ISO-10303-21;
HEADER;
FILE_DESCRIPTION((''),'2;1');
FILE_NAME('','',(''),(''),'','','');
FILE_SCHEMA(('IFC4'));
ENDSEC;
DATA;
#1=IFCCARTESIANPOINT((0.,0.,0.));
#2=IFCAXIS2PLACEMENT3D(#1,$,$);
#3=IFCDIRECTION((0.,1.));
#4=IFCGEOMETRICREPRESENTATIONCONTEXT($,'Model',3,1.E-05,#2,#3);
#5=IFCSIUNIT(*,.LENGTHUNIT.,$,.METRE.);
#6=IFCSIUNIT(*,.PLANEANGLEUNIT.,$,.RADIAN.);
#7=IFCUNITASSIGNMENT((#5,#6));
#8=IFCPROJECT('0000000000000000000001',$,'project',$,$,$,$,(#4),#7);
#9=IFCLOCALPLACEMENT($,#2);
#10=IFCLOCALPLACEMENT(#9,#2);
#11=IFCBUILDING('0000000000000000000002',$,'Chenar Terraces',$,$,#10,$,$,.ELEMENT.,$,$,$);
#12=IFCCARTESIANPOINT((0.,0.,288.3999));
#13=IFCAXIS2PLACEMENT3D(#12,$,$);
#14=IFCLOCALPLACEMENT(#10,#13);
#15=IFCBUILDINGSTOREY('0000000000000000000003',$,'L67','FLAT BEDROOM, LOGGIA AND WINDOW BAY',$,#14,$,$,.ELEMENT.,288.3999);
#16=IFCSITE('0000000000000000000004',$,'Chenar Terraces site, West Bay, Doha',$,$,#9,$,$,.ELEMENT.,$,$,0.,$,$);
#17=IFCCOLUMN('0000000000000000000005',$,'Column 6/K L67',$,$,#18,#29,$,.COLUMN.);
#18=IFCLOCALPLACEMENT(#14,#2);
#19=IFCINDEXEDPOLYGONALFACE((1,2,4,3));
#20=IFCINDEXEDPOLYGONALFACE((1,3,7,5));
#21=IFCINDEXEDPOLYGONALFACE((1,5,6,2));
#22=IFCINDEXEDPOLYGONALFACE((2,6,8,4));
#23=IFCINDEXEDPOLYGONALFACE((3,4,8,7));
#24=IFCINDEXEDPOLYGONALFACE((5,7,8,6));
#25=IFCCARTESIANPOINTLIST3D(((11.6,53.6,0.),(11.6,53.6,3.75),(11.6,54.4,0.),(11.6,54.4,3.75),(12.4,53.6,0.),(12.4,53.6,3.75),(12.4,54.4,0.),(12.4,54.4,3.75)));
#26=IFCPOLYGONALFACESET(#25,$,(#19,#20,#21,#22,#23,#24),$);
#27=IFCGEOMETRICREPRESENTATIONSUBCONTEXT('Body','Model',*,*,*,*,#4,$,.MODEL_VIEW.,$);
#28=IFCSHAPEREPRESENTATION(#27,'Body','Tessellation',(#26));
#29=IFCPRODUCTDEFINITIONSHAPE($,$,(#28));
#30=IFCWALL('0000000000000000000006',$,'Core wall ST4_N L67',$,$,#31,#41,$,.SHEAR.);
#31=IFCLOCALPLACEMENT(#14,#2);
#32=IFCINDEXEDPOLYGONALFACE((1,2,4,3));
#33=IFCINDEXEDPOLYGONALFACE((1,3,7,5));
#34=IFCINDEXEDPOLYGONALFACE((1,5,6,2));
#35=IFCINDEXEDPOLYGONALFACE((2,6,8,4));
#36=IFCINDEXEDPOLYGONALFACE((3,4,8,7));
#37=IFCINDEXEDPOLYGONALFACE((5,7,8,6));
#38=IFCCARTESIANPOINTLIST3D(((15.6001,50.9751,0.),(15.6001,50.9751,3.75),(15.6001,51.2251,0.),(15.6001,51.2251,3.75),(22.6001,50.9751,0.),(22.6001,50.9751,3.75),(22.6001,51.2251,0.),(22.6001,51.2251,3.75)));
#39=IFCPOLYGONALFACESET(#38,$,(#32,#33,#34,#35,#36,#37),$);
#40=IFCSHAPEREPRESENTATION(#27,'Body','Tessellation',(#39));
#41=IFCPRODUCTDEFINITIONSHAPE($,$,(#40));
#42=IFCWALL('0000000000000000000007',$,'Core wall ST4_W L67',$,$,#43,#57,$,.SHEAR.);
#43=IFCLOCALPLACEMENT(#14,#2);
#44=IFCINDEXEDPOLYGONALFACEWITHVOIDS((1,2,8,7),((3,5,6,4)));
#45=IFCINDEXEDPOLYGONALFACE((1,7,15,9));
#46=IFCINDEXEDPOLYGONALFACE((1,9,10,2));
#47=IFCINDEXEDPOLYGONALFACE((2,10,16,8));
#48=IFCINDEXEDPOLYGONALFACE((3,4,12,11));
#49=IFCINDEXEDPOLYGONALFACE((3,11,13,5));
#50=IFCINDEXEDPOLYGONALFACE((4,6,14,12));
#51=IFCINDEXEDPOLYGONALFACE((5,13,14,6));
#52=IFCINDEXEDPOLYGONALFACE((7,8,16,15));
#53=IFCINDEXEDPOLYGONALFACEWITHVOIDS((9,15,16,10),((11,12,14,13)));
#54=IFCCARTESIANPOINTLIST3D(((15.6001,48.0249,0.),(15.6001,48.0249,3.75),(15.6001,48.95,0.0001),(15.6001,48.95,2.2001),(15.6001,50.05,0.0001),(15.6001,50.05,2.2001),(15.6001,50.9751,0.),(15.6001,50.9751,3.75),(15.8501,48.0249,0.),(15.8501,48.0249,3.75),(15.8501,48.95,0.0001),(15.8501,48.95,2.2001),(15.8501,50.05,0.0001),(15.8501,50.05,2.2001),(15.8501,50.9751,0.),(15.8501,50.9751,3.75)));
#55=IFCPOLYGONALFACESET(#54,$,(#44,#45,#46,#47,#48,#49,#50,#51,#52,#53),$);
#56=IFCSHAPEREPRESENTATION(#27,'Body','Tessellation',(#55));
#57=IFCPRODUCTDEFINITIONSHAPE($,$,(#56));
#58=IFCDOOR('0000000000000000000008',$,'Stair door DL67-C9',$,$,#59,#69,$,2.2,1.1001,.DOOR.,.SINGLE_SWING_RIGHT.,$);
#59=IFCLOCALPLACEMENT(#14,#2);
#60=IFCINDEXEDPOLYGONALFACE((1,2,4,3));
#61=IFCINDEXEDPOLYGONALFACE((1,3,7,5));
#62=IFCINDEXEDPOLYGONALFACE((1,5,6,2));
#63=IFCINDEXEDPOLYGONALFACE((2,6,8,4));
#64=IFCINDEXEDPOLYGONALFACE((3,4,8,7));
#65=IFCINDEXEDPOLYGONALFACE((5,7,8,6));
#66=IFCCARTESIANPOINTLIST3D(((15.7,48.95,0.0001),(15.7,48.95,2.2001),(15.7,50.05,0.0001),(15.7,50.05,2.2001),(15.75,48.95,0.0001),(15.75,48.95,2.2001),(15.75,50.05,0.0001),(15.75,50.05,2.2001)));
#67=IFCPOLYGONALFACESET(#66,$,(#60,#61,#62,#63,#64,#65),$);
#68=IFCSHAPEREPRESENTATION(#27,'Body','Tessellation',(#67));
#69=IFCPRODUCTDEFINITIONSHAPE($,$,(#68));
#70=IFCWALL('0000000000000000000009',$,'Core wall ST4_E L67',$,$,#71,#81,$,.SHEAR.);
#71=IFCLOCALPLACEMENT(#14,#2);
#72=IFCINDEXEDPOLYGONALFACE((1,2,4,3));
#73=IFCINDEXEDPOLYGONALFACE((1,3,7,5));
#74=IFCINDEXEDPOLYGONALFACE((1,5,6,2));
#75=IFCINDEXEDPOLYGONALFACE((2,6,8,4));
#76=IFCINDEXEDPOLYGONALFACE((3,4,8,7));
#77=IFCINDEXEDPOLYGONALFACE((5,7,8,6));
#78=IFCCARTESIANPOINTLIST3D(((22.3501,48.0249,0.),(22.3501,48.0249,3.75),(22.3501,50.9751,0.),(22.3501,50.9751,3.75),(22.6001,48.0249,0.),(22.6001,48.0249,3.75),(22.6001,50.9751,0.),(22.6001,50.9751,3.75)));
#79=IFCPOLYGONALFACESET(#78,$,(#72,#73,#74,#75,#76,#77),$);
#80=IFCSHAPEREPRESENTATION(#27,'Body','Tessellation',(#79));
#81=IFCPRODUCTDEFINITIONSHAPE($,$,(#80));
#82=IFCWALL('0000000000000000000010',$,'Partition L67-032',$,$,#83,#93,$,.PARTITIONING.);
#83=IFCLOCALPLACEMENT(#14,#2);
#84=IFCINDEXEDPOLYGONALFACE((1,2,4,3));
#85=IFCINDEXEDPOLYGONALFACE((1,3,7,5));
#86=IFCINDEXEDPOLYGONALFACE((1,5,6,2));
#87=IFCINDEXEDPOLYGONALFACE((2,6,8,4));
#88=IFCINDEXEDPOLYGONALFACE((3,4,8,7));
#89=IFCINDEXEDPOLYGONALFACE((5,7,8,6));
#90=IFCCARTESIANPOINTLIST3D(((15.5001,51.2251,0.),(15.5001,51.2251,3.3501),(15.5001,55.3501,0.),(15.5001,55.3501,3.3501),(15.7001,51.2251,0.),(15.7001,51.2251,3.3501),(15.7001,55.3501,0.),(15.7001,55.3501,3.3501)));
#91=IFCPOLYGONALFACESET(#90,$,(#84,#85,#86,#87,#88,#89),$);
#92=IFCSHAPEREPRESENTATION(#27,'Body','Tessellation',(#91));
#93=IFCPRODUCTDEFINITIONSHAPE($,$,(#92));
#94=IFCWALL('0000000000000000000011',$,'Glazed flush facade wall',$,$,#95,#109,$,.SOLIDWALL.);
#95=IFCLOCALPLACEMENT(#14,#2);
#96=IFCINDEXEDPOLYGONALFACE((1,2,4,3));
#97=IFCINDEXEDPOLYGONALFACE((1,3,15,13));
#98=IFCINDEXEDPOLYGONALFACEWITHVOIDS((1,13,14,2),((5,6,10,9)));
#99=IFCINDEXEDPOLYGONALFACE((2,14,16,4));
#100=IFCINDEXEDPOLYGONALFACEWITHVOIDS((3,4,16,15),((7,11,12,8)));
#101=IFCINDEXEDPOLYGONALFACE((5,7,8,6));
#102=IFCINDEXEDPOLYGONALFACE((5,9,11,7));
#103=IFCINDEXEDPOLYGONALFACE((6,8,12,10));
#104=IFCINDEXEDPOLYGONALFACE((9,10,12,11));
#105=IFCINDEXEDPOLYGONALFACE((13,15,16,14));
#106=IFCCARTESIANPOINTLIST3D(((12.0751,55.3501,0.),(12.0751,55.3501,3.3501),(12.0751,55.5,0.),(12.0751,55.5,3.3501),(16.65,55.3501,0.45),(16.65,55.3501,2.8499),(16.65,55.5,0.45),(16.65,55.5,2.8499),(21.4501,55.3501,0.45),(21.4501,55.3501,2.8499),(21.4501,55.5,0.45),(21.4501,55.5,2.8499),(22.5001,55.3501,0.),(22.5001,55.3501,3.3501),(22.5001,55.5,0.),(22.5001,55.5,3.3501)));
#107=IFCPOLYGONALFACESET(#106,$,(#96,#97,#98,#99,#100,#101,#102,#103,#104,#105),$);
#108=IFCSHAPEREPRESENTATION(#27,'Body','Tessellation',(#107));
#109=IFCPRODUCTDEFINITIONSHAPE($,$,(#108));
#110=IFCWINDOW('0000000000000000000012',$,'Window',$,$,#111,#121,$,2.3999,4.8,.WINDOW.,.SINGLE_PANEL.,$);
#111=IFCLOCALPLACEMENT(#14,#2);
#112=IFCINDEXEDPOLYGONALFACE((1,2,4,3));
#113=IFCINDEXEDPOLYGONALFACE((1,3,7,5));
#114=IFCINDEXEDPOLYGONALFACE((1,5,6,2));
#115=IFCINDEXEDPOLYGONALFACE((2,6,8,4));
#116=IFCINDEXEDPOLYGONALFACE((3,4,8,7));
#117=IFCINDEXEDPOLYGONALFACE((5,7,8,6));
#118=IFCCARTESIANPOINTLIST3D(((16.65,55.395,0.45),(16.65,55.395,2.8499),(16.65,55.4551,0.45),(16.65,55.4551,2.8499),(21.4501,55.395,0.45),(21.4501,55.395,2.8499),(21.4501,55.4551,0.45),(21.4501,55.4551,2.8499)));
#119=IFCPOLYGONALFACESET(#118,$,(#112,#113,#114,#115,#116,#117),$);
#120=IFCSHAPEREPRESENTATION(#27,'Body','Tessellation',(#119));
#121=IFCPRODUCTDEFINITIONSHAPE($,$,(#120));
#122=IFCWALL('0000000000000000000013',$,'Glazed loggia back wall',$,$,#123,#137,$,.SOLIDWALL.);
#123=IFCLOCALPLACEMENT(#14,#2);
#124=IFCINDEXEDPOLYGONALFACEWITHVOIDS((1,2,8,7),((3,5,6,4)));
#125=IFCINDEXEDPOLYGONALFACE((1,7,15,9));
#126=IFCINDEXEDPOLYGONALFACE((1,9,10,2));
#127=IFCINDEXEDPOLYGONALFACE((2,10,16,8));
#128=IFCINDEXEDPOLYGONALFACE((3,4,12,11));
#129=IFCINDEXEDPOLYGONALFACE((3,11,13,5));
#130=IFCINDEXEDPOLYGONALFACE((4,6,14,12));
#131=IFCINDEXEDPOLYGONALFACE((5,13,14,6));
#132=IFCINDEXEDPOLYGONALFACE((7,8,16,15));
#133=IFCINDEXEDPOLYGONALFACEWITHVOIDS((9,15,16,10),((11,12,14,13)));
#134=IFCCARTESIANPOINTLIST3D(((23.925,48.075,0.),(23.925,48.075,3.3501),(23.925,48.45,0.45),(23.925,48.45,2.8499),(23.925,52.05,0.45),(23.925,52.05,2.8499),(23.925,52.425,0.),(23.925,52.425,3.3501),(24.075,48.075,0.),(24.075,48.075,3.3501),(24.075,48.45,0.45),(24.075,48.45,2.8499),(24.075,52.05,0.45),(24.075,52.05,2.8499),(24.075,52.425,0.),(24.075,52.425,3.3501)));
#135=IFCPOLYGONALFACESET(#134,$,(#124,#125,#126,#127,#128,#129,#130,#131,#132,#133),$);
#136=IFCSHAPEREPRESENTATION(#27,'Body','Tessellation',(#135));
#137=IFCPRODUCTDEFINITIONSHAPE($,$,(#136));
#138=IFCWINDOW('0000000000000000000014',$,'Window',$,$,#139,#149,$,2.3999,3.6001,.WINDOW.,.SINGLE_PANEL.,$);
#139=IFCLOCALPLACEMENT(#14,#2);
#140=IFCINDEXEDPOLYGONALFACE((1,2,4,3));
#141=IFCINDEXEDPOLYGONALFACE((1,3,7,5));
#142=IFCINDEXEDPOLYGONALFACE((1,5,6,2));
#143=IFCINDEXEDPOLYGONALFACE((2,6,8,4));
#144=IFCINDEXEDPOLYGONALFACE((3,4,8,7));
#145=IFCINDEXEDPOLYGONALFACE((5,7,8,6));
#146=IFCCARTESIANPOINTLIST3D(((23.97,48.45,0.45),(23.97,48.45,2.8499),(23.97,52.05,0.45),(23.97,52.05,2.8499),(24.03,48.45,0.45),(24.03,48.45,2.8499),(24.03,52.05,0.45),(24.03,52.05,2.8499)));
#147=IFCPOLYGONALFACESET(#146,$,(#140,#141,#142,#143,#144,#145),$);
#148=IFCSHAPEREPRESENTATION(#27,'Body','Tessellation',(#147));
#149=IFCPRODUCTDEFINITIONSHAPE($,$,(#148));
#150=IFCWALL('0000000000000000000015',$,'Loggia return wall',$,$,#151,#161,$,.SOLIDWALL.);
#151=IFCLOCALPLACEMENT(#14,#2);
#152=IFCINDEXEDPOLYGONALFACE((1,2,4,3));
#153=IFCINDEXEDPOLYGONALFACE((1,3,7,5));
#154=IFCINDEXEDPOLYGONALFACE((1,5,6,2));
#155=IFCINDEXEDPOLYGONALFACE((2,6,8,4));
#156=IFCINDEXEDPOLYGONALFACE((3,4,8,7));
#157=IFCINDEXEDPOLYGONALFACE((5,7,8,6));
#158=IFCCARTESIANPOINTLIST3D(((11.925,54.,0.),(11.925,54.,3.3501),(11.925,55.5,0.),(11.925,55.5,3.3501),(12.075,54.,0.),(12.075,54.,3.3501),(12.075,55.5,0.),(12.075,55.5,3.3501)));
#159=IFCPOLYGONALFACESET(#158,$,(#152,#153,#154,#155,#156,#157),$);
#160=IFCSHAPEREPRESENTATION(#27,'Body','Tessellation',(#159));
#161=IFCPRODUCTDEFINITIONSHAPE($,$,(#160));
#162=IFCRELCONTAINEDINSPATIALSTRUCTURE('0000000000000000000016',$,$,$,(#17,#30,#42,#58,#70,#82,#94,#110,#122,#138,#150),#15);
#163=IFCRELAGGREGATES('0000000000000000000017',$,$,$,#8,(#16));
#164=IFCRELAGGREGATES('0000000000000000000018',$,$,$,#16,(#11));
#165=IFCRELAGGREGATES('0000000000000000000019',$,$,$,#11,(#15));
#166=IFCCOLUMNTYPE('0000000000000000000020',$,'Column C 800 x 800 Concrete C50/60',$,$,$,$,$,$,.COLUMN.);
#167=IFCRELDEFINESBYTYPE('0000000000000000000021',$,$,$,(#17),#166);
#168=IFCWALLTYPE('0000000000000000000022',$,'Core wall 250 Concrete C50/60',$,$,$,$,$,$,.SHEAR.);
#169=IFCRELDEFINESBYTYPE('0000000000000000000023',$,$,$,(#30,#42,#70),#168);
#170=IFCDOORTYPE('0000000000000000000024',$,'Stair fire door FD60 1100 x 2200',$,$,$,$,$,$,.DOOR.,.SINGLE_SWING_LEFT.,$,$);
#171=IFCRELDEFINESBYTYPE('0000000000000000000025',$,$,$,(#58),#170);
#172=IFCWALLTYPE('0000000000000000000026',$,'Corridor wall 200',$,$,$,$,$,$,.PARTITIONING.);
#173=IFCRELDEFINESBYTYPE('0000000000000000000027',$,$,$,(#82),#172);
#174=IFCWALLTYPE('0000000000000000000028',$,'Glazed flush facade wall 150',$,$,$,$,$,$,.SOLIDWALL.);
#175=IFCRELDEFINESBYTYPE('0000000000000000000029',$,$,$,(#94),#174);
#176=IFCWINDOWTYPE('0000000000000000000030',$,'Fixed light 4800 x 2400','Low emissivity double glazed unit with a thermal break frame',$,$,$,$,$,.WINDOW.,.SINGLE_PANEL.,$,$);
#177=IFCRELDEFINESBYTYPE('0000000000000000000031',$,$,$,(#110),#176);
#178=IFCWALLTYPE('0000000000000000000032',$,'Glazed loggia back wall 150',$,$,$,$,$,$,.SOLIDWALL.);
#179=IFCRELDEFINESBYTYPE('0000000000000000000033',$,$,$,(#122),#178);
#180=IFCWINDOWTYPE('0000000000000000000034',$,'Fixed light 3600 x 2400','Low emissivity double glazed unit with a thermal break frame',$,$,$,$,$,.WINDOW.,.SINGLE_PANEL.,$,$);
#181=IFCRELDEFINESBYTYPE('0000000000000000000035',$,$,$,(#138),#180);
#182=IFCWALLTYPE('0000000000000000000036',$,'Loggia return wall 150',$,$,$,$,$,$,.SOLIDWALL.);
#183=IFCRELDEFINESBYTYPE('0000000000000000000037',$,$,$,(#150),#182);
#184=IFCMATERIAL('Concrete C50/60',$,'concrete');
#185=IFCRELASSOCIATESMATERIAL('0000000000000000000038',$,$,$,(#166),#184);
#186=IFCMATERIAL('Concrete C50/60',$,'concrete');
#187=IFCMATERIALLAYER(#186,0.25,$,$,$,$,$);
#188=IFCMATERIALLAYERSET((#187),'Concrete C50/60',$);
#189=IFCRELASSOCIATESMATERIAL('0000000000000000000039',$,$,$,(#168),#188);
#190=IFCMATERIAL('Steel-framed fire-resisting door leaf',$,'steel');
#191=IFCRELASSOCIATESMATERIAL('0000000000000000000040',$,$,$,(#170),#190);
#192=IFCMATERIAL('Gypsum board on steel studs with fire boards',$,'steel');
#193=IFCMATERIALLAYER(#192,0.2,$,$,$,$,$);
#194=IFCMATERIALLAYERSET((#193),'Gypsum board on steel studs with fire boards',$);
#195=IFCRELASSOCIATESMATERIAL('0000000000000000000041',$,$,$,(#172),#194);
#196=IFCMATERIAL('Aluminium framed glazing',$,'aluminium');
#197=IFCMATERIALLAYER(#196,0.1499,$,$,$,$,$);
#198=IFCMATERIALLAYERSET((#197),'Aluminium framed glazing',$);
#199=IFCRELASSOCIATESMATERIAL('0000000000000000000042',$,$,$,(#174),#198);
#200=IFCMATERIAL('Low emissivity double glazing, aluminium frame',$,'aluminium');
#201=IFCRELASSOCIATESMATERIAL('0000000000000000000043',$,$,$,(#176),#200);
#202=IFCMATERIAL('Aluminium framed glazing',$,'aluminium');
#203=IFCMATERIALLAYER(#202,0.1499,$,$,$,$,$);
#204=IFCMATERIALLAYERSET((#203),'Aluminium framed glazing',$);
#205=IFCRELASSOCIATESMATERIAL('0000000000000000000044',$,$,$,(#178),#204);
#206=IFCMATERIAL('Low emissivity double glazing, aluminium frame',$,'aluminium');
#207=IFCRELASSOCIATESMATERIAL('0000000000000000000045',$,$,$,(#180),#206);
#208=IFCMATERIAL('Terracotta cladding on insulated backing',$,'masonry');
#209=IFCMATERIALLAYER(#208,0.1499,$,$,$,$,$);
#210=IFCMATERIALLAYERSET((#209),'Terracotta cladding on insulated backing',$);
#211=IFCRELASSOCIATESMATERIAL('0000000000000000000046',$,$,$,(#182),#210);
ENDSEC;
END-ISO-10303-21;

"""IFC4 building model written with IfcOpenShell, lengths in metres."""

from ifc_helpers import new_model, si_unit, direction, frame, frame_2d, origin, origin_2d, place, context, subcontext, project, spatial, rectangle, extrude, material, layer, layer_set, material_profile, profile_set, type_object, element, fill, save


model = new_model("IFC4")

# Units and contexts
model_context = context("Model", 3, precision=1e-05, world=origin(), true_north=direction((0.0, 1.0)))
body_context = subcontext(model_context, "Body", "Model", "MODEL_VIEW")
ifc_project = project(units=[si_unit("LENGTHUNIT", "METRE"), si_unit("PLANEANGLEUNIT", "RADIAN")], contexts=[model_context])

# Site, building, storey
site_placement = place(None, origin())
site = spatial("IfcSite", under=ifc_project, at=site_placement, Name="Chenar Terraces site, West Bay, Doha", CompositionType="ELEMENT", RefElevation=0.0)
building_placement = place(site_placement, origin())
building = spatial("IfcBuilding", under=site, at=building_placement, Name="Chenar Terraces", CompositionType="ELEMENT")
storey_placement = place(building_placement, frame((0.0, 0.0, 288.3999)))
storey = spatial("IfcBuildingStorey", under=building, at=storey_placement, Name="L67", Description="FLAT BEDROOM, LOGGIA AND WINDOW BAY", CompositionType="ELEMENT", Elevation=288.3999)

# Column
ifc_material_1 = material(Name="Concrete C50/60", Category="concrete")
ifc_material_profile_1 = material_profile(ifc_material_1, rectangle(XDim=0.8, YDim=0.8, at=origin_2d()), Name="C 800 x 800")
ifc_profile_set_1 = profile_set([ifc_material_profile_1], Name="Concrete C50/60")
column_type = type_object("IfcColumnType", Name="Column C 800 x 800 Concrete C50/60", PredefinedType="COLUMN", material=ifc_profile_set_1)
column_placement = place(storey_placement, frame((12.0, 54.0, 0.0), z_axis=(0.0, 0.0, 1.0), x_axis=(1.0, 0.0, 0.0)))
element("IfcColumn", 1, at=column_placement, inside=storey, type_object=column_type, Name="Column 6/K L67", PredefinedType="COLUMN", context=body_context, shape_type="SweptSolid", body=[
    extrude(rectangle(XDim=0.8, YDim=0.8, at=origin_2d()), origin(), (0.0, 0.0, 1.0), 3.75),
])

# Wall
ifc_material_2 = material(Name="Concrete C50/60", Category="concrete")
ifc_layer_1 = layer(ifc_material_2, 0.25)
ifc_layer_set_1 = layer_set([ifc_layer_1], Name="Concrete C50/60")
wall_type_1 = type_object("IfcWallType", Name="Core wall 250 Concrete C50/60", PredefinedType="SHEAR", material=ifc_layer_set_1)
wall_1_placement = place(storey_placement, frame((15.6001, 51.1001, 0.0), z_axis=(0.0, 0.0, 1.0), x_axis=(1.0, 0.0, 0.0)))
element("IfcWall", 2, at=wall_1_placement, inside=storey, type_object=wall_type_1, Name="Core wall ST4_N L67", PredefinedType="SHEAR", context=body_context, shape_type="SweptSolid", body=[
    extrude(rectangle(XDim=7.0, YDim=0.25, at=frame_2d((3.5, 0.0))), origin(), (0.0, 0.0, 1.0), 3.75),
])

# Wall, opening, door
wall_2_placement = place(storey_placement, frame((15.7251, 48.0249, 0.0), z_axis=(0.0, 0.0, 1.0), x_axis=(0.0, 1.0, 0.0)))
wall_2 = element("IfcWall", 3, at=wall_2_placement, inside=storey, type_object=wall_type_1, Name="Core wall ST4_W L67", PredefinedType="SHEAR", context=body_context, shape_type="SweptSolid", body=[
    extrude(rectangle(XDim=2.9502, YDim=0.25, at=frame_2d((1.4751, 0.0))), origin(), (0.0, 0.0, 1.0), 3.75),
])
opening_1_placement = place(wall_2_placement, frame((0.925, 0.0, 0.0)))
opening_1 = element("IfcOpeningElement", 4, at=opening_1_placement, cuts=wall_2, PredefinedType="OPENING", context=body_context, shape_type="SweptSolid", body=[
    extrude(rectangle(XDim=1.1001, YDim=2.2, at=frame_2d((0.55, 1.1001))), frame((0.0, 0.135, 0.0), z_axis=(0.0, -1.0, 0.0), x_axis=(1.0, 0.0, 0.0)), (0.0, 0.0, 1.0), 0.27),
])
ifc_material_3 = material(Name="Steel-framed fire-resisting door leaf", Category="steel")
door_type = type_object("IfcDoorType", Name="Stair fire door FD60 1100 x 2200", OperationType="SINGLE_SWING_LEFT", PredefinedType="DOOR", material=ifc_material_3)
door_placement = place(opening_1_placement, frame((1.1001, 0.0, 0.0), z_axis=(0.0, 0.0, 1.0), x_axis=(-1.0, 0.0, 0.0)))
door = element("IfcDoor", 5, at=door_placement, inside=storey, type_object=door_type, Name="Stair door DL67-C9", OperationType="SINGLE_SWING_RIGHT", OverallHeight=2.2, OverallWidth=1.1001, PredefinedType="DOOR", context=body_context, shape_type="SweptSolid", body=[
    extrude(rectangle(XDim=1.1001, YDim=2.2, at=frame_2d((0.55, 1.1001))), frame((0.0, 0.0249, 0.0), z_axis=(0.0, -1.0, 0.0), x_axis=(1.0, 0.0, 0.0)), (0.0, 0.0, 1.0), 0.05),
])
fill(opening_1, door)

# Walls
wall_3_placement = place(storey_placement, frame((22.4751, 48.0249, 0.0), z_axis=(0.0, 0.0, 1.0), x_axis=(0.0, 1.0, 0.0)))
element("IfcWall", 6, at=wall_3_placement, inside=storey, type_object=wall_type_1, Name="Core wall ST4_E L67", PredefinedType="SHEAR", context=body_context, shape_type="SweptSolid", body=[
    extrude(rectangle(XDim=2.9502, YDim=0.25, at=frame_2d((1.4751, 0.0))), origin(), (0.0, 0.0, 1.0), 3.75),
])
ifc_material_4 = material(Name="Gypsum board on steel studs with fire boards", Category="steel")
ifc_layer_2 = layer(ifc_material_4, 0.2)
ifc_layer_set_2 = layer_set([ifc_layer_2], Name="Gypsum board on steel studs with fire boards")
wall_type_2 = type_object("IfcWallType", Name="Corridor wall 200", PredefinedType="PARTITIONING", material=ifc_layer_set_2)
wall_4_placement = place(storey_placement, frame((15.6001, 51.2251, 0.0), z_axis=(0.0, 0.0, 1.0), x_axis=(0.0, 1.0, 0.0)))
element("IfcWall", 7, at=wall_4_placement, inside=storey, type_object=wall_type_2, Name="Partition L67-032", PredefinedType="PARTITIONING", context=body_context, shape_type="SweptSolid", body=[
    extrude(rectangle(XDim=4.125, YDim=0.2, at=frame_2d((2.0625, 0.0))), origin(), (0.0, 0.0, 1.0), 3.3501),
])

# Walls, openings, windows
ifc_material_5 = material(Name="Aluminium framed glazing", Category="aluminium")
ifc_layer_3 = layer(ifc_material_5, 0.1499)
ifc_layer_set_3 = layer_set([ifc_layer_3], Name="Aluminium framed glazing")
wall_type_3 = type_object("IfcWallType", Name="Glazed flush facade wall 150", PredefinedType="SOLIDWALL", material=ifc_layer_set_3)
wall_5_placement = place(storey_placement, frame((22.5, 55.425, 0.0), z_axis=(0.0, 0.0, 1.0), x_axis=(-1.0, 0.0, 0.0)))
wall_5 = element("IfcWall", 8, at=wall_5_placement, inside=storey, type_object=wall_type_3, Name="Glazed flush facade wall", PredefinedType="SOLIDWALL", context=body_context, shape_type="SweptSolid", body=[
    extrude(rectangle(XDim=10.425, YDim=0.1499, at=frame_2d((5.2124, 0.0))), origin(), (0.0, 0.0, 1.0), 3.3501),
])
opening_2_placement = place(wall_5_placement, frame((1.05, 0.0, 0.45)))
opening_2 = element("IfcOpeningElement", 9, at=opening_2_placement, cuts=wall_5, PredefinedType="OPENING", context=body_context, shape_type="SweptSolid", body=[
    extrude(rectangle(XDim=4.8, YDim=2.3999, at=frame_2d((2.3999, 1.2))), frame((0.0, 0.085, 0.0), z_axis=(0.0, -1.0, 0.0), x_axis=(1.0, 0.0, 0.0)), (0.0, 0.0, 1.0), 0.1699),
])
ifc_material_6 = material(Name="Low emissivity double glazing, aluminium frame", Category="aluminium")
window_type_1 = type_object("IfcWindowType", Name="Fixed light 4800 x 2400", Description="Low emissivity double glazed unit with a thermal break frame", PartitioningType="SINGLE_PANEL", PredefinedType="WINDOW", material=ifc_material_6)
window_1_placement = place(opening_2_placement, origin())
window_1 = element("IfcWindow", 10, at=window_1_placement, inside=storey, type_object=window_type_1, Name="Window", OverallHeight=2.3999, OverallWidth=4.8, PartitioningType="SINGLE_PANEL", PredefinedType="WINDOW", context=body_context, shape_type="SweptSolid", body=[
    extrude(rectangle(XDim=4.8, YDim=2.3999, at=frame_2d((2.3999, 1.2))), frame((0.0, 0.03, 0.0), z_axis=(0.0, -1.0, 0.0), x_axis=(1.0, 0.0, 0.0)), (0.0, 0.0, 1.0), 0.0601),
])
fill(opening_2, window_1)
ifc_material_7 = material(Name="Aluminium framed glazing", Category="aluminium")
ifc_layer_4 = layer(ifc_material_7, 0.1499)
ifc_layer_set_4 = layer_set([ifc_layer_4], Name="Aluminium framed glazing")
wall_type_4 = type_object("IfcWallType", Name="Glazed loggia back wall 150", PredefinedType="SOLIDWALL", material=ifc_layer_set_4)
wall_6_placement = place(storey_placement, frame((24.0, 48.075, 0.0), z_axis=(0.0, 0.0, 1.0), x_axis=(0.0, 1.0, 0.0)))
wall_6 = element("IfcWall", 11, at=wall_6_placement, inside=storey, type_object=wall_type_4, Name="Glazed loggia back wall", PredefinedType="SOLIDWALL", context=body_context, shape_type="SweptSolid", body=[
    extrude(rectangle(XDim=4.3501, YDim=0.1499, at=frame_2d((2.175, 0.0))), origin(), (0.0, 0.0, 1.0), 3.3501),
])
opening_3_placement = place(wall_6_placement, frame((0.375, 0.0, 0.45)))
opening_3 = element("IfcOpeningElement", 12, at=opening_3_placement, cuts=wall_6, PredefinedType="OPENING", context=body_context, shape_type="SweptSolid", body=[
    extrude(rectangle(XDim=3.6001, YDim=2.3999, at=frame_2d((1.8, 1.2))), frame((0.0, 0.085, 0.0), z_axis=(0.0, -1.0, 0.0), x_axis=(1.0, 0.0, 0.0)), (0.0, 0.0, 1.0), 0.1699),
])
ifc_material_8 = material(Name="Low emissivity double glazing, aluminium frame", Category="aluminium")
window_type_2 = type_object("IfcWindowType", Name="Fixed light 3600 x 2400", Description="Low emissivity double glazed unit with a thermal break frame", PartitioningType="SINGLE_PANEL", PredefinedType="WINDOW", material=ifc_material_8)
window_2_placement = place(opening_3_placement, origin())
window_2 = element("IfcWindow", 13, at=window_2_placement, inside=storey, type_object=window_type_2, Name="Window", OverallHeight=2.3999, OverallWidth=3.6001, PartitioningType="SINGLE_PANEL", PredefinedType="WINDOW", context=body_context, shape_type="SweptSolid", body=[
    extrude(rectangle(XDim=3.6001, YDim=2.3999, at=frame_2d((1.8, 1.2))), frame((0.0, 0.03, 0.0), z_axis=(0.0, -1.0, 0.0), x_axis=(1.0, 0.0, 0.0)), (0.0, 0.0, 1.0), 0.0601),
])
fill(opening_3, window_2)

# Wall
ifc_material_9 = material(Name="Terracotta cladding on insulated backing", Category="masonry")
ifc_layer_5 = layer(ifc_material_9, 0.1499)
ifc_layer_set_5 = layer_set([ifc_layer_5], Name="Terracotta cladding on insulated backing")
wall_type_5 = type_object("IfcWallType", Name="Loggia return wall 150", PredefinedType="SOLIDWALL", material=ifc_layer_set_5)
wall_7_placement = place(storey_placement, frame((12.0, 55.5, 0.0), z_axis=(0.0, 0.0, 1.0), x_axis=(0.0, -1.0, 0.0)))
element("IfcWall", 14, at=wall_7_placement, inside=storey, type_object=wall_type_5, Name="Loggia return wall", PredefinedType="SOLIDWALL", context=body_context, shape_type="SweptSolid", body=[
    extrude(rectangle(XDim=1.5, YDim=0.1499, at=frame_2d((0.75, 0.0))), origin(), (0.0, 0.0, 1.0), 3.3501),
])

save(model, "model.ifc")
